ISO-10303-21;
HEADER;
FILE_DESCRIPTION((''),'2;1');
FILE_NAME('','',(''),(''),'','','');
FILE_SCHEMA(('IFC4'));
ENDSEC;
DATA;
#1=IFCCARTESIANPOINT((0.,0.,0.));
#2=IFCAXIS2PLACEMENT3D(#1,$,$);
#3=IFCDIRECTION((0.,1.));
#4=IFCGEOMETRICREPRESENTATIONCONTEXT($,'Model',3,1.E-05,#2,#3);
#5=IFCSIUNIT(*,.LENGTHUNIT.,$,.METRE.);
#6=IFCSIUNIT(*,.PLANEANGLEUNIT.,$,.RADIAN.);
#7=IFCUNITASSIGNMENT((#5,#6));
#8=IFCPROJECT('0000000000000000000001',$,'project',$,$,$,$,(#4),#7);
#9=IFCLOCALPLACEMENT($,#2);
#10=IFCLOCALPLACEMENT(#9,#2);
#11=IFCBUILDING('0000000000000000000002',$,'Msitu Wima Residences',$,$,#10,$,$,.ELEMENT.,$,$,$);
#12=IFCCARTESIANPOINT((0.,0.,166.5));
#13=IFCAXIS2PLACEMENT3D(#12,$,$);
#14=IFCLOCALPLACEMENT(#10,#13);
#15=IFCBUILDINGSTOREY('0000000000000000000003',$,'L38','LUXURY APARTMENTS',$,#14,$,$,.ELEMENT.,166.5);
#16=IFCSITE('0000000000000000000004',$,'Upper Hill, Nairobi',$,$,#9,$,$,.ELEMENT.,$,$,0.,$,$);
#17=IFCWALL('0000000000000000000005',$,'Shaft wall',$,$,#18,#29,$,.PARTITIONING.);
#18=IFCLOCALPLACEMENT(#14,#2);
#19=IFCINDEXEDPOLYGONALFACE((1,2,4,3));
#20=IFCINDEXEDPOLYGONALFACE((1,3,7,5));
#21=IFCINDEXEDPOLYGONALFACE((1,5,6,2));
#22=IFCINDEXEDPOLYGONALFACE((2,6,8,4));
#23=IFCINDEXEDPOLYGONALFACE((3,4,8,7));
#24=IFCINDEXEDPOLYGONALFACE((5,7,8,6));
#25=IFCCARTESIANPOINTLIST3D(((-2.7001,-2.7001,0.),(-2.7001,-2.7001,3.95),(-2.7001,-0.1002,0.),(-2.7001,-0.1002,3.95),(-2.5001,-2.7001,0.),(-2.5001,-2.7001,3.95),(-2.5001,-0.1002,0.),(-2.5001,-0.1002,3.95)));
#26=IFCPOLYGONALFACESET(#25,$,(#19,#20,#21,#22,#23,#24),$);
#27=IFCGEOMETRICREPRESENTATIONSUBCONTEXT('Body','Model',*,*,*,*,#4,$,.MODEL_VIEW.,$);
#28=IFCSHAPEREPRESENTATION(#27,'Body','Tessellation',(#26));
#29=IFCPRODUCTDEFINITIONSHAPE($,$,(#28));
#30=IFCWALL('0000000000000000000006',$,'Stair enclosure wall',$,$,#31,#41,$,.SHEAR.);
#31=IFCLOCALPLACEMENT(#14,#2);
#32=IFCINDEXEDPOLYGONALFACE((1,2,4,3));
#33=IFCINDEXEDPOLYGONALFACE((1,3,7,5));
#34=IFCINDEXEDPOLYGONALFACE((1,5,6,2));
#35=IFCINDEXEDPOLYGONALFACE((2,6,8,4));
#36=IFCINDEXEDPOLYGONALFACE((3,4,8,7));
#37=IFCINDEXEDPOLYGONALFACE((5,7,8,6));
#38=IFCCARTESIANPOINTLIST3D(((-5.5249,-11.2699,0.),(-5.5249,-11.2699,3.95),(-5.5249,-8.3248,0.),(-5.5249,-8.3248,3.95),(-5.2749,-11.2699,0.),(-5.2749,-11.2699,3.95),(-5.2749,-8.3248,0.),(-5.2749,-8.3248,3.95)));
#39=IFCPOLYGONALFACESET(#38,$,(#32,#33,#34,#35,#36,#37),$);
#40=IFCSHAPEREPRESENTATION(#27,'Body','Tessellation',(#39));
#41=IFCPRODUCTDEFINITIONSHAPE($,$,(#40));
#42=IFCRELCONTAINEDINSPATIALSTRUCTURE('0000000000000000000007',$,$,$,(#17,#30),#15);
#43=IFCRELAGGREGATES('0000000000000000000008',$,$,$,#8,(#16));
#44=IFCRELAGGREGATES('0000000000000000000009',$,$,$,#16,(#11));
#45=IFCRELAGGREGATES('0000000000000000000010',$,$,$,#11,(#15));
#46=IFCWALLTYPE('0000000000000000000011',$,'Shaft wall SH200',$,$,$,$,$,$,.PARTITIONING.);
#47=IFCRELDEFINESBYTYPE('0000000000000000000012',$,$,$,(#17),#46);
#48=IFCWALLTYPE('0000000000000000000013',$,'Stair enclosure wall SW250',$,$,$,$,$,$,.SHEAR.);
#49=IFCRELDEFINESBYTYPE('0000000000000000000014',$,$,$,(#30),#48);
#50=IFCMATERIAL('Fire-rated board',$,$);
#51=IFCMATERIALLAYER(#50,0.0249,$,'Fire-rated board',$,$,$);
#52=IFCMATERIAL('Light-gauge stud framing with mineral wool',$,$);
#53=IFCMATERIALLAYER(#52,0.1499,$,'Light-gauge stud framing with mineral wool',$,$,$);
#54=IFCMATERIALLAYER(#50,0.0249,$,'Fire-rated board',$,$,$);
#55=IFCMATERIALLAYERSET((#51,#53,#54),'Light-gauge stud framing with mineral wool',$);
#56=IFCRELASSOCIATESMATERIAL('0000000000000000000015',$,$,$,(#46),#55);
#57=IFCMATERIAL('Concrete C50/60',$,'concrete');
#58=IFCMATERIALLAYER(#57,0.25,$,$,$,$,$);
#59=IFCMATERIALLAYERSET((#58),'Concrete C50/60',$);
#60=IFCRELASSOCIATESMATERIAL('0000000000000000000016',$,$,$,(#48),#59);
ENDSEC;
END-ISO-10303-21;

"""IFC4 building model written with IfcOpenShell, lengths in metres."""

from ifc_helpers import new_model, si_unit, direction, frame, frame_2d, origin, place, context, subcontext, project, spatial, rectangle, extrude, material, layer, layer_set, type_object, element, save


model = new_model("IFC4")

# Units and contexts
model_context = context("Model", 3, precision=1e-05, world=origin(), true_north=direction((0.0, 1.0)))
body_context = subcontext(model_context, "Body", "Model", "MODEL_VIEW")
ifc_project = project(units=[si_unit("LENGTHUNIT", "METRE"), si_unit("PLANEANGLEUNIT", "RADIAN")], contexts=[model_context])

# Site, building, storey
site_placement = place(None, origin())
site = spatial("IfcSite", under=ifc_project, at=site_placement, Name="Upper Hill, Nairobi", CompositionType="ELEMENT", RefElevation=0.0)
building_placement = place(site_placement, origin())
building = spatial("IfcBuilding", under=site, at=building_placement, Name="Msitu Wima Residences", CompositionType="ELEMENT")
storey_placement = place(building_placement, frame((0.0, 0.0, 166.5)))
storey = spatial("IfcBuildingStorey", under=building, at=storey_placement, Name="L38", Description="LUXURY APARTMENTS", CompositionType="ELEMENT", Elevation=166.5)

# Walls
ifc_material_1 = material(Name="Fire-rated board")
ifc_layer_1 = layer(ifc_material_1, 0.0249, Name="Fire-rated board")
ifc_material_2 = material(Name="Light-gauge stud framing with mineral wool")
ifc_layer_2 = layer(ifc_material_2, 0.1499, Name="Light-gauge stud framing with mineral wool")
ifc_layer_3 = layer(ifc_material_1, 0.0249, Name="Fire-rated board")
ifc_layer_set_1 = layer_set([ifc_layer_1, ifc_layer_2, ifc_layer_3], Name="Light-gauge stud framing with mineral wool")
wall_type_1 = type_object("IfcWallType", Name="Shaft wall SH200", PredefinedType="PARTITIONING", material=ifc_layer_set_1)
for number, where, z_axis, x_axis, name in (
    (1, (-2.6001, -2.7, 0.0), (0.0, 0.0, 1.0), (0.0, 1.0, 0.0), "Shaft wall"),
):
    element("IfcWall", number, at=place(storey_placement, frame(where, z_axis=z_axis, x_axis=x_axis)), inside=storey, type_object=wall_type_1, Name=name, PredefinedType="PARTITIONING", context=body_context, shape_type="SweptSolid", body=[
        extrude(rectangle(XDim=2.5999, YDim=0.2, at=frame_2d((1.2998, 0.0))), origin(), (0.0, 0.0, 1.0), 3.95),
    ])
ifc_material_3 = material(Name="Concrete C50/60", Category="concrete")
ifc_layer_4 = layer(ifc_material_3, 0.25)
ifc_layer_set_2 = layer_set([ifc_layer_4], Name="Concrete C50/60")
wall_type_2 = type_object("IfcWallType", Name="Stair enclosure wall SW250", PredefinedType="SHEAR", material=ifc_layer_set_2)
wall_1_placement = place(storey_placement, frame((-5.3999, -11.27, 0.0), z_axis=(0.0, 0.0, 1.0), x_axis=(0.0, 1.0, 0.0)))
element("IfcWall", 2, at=wall_1_placement, inside=storey, type_object=wall_type_2, Name="Stair enclosure wall", PredefinedType="SHEAR", context=body_context, shape_type="SweptSolid", body=[
    extrude(rectangle(XDim=2.9451, YDim=0.25, at=frame_2d((1.4727, 0.0))), origin(), (0.0, 0.0, 1.0), 3.95),
])

save(model, "model.ifc")
